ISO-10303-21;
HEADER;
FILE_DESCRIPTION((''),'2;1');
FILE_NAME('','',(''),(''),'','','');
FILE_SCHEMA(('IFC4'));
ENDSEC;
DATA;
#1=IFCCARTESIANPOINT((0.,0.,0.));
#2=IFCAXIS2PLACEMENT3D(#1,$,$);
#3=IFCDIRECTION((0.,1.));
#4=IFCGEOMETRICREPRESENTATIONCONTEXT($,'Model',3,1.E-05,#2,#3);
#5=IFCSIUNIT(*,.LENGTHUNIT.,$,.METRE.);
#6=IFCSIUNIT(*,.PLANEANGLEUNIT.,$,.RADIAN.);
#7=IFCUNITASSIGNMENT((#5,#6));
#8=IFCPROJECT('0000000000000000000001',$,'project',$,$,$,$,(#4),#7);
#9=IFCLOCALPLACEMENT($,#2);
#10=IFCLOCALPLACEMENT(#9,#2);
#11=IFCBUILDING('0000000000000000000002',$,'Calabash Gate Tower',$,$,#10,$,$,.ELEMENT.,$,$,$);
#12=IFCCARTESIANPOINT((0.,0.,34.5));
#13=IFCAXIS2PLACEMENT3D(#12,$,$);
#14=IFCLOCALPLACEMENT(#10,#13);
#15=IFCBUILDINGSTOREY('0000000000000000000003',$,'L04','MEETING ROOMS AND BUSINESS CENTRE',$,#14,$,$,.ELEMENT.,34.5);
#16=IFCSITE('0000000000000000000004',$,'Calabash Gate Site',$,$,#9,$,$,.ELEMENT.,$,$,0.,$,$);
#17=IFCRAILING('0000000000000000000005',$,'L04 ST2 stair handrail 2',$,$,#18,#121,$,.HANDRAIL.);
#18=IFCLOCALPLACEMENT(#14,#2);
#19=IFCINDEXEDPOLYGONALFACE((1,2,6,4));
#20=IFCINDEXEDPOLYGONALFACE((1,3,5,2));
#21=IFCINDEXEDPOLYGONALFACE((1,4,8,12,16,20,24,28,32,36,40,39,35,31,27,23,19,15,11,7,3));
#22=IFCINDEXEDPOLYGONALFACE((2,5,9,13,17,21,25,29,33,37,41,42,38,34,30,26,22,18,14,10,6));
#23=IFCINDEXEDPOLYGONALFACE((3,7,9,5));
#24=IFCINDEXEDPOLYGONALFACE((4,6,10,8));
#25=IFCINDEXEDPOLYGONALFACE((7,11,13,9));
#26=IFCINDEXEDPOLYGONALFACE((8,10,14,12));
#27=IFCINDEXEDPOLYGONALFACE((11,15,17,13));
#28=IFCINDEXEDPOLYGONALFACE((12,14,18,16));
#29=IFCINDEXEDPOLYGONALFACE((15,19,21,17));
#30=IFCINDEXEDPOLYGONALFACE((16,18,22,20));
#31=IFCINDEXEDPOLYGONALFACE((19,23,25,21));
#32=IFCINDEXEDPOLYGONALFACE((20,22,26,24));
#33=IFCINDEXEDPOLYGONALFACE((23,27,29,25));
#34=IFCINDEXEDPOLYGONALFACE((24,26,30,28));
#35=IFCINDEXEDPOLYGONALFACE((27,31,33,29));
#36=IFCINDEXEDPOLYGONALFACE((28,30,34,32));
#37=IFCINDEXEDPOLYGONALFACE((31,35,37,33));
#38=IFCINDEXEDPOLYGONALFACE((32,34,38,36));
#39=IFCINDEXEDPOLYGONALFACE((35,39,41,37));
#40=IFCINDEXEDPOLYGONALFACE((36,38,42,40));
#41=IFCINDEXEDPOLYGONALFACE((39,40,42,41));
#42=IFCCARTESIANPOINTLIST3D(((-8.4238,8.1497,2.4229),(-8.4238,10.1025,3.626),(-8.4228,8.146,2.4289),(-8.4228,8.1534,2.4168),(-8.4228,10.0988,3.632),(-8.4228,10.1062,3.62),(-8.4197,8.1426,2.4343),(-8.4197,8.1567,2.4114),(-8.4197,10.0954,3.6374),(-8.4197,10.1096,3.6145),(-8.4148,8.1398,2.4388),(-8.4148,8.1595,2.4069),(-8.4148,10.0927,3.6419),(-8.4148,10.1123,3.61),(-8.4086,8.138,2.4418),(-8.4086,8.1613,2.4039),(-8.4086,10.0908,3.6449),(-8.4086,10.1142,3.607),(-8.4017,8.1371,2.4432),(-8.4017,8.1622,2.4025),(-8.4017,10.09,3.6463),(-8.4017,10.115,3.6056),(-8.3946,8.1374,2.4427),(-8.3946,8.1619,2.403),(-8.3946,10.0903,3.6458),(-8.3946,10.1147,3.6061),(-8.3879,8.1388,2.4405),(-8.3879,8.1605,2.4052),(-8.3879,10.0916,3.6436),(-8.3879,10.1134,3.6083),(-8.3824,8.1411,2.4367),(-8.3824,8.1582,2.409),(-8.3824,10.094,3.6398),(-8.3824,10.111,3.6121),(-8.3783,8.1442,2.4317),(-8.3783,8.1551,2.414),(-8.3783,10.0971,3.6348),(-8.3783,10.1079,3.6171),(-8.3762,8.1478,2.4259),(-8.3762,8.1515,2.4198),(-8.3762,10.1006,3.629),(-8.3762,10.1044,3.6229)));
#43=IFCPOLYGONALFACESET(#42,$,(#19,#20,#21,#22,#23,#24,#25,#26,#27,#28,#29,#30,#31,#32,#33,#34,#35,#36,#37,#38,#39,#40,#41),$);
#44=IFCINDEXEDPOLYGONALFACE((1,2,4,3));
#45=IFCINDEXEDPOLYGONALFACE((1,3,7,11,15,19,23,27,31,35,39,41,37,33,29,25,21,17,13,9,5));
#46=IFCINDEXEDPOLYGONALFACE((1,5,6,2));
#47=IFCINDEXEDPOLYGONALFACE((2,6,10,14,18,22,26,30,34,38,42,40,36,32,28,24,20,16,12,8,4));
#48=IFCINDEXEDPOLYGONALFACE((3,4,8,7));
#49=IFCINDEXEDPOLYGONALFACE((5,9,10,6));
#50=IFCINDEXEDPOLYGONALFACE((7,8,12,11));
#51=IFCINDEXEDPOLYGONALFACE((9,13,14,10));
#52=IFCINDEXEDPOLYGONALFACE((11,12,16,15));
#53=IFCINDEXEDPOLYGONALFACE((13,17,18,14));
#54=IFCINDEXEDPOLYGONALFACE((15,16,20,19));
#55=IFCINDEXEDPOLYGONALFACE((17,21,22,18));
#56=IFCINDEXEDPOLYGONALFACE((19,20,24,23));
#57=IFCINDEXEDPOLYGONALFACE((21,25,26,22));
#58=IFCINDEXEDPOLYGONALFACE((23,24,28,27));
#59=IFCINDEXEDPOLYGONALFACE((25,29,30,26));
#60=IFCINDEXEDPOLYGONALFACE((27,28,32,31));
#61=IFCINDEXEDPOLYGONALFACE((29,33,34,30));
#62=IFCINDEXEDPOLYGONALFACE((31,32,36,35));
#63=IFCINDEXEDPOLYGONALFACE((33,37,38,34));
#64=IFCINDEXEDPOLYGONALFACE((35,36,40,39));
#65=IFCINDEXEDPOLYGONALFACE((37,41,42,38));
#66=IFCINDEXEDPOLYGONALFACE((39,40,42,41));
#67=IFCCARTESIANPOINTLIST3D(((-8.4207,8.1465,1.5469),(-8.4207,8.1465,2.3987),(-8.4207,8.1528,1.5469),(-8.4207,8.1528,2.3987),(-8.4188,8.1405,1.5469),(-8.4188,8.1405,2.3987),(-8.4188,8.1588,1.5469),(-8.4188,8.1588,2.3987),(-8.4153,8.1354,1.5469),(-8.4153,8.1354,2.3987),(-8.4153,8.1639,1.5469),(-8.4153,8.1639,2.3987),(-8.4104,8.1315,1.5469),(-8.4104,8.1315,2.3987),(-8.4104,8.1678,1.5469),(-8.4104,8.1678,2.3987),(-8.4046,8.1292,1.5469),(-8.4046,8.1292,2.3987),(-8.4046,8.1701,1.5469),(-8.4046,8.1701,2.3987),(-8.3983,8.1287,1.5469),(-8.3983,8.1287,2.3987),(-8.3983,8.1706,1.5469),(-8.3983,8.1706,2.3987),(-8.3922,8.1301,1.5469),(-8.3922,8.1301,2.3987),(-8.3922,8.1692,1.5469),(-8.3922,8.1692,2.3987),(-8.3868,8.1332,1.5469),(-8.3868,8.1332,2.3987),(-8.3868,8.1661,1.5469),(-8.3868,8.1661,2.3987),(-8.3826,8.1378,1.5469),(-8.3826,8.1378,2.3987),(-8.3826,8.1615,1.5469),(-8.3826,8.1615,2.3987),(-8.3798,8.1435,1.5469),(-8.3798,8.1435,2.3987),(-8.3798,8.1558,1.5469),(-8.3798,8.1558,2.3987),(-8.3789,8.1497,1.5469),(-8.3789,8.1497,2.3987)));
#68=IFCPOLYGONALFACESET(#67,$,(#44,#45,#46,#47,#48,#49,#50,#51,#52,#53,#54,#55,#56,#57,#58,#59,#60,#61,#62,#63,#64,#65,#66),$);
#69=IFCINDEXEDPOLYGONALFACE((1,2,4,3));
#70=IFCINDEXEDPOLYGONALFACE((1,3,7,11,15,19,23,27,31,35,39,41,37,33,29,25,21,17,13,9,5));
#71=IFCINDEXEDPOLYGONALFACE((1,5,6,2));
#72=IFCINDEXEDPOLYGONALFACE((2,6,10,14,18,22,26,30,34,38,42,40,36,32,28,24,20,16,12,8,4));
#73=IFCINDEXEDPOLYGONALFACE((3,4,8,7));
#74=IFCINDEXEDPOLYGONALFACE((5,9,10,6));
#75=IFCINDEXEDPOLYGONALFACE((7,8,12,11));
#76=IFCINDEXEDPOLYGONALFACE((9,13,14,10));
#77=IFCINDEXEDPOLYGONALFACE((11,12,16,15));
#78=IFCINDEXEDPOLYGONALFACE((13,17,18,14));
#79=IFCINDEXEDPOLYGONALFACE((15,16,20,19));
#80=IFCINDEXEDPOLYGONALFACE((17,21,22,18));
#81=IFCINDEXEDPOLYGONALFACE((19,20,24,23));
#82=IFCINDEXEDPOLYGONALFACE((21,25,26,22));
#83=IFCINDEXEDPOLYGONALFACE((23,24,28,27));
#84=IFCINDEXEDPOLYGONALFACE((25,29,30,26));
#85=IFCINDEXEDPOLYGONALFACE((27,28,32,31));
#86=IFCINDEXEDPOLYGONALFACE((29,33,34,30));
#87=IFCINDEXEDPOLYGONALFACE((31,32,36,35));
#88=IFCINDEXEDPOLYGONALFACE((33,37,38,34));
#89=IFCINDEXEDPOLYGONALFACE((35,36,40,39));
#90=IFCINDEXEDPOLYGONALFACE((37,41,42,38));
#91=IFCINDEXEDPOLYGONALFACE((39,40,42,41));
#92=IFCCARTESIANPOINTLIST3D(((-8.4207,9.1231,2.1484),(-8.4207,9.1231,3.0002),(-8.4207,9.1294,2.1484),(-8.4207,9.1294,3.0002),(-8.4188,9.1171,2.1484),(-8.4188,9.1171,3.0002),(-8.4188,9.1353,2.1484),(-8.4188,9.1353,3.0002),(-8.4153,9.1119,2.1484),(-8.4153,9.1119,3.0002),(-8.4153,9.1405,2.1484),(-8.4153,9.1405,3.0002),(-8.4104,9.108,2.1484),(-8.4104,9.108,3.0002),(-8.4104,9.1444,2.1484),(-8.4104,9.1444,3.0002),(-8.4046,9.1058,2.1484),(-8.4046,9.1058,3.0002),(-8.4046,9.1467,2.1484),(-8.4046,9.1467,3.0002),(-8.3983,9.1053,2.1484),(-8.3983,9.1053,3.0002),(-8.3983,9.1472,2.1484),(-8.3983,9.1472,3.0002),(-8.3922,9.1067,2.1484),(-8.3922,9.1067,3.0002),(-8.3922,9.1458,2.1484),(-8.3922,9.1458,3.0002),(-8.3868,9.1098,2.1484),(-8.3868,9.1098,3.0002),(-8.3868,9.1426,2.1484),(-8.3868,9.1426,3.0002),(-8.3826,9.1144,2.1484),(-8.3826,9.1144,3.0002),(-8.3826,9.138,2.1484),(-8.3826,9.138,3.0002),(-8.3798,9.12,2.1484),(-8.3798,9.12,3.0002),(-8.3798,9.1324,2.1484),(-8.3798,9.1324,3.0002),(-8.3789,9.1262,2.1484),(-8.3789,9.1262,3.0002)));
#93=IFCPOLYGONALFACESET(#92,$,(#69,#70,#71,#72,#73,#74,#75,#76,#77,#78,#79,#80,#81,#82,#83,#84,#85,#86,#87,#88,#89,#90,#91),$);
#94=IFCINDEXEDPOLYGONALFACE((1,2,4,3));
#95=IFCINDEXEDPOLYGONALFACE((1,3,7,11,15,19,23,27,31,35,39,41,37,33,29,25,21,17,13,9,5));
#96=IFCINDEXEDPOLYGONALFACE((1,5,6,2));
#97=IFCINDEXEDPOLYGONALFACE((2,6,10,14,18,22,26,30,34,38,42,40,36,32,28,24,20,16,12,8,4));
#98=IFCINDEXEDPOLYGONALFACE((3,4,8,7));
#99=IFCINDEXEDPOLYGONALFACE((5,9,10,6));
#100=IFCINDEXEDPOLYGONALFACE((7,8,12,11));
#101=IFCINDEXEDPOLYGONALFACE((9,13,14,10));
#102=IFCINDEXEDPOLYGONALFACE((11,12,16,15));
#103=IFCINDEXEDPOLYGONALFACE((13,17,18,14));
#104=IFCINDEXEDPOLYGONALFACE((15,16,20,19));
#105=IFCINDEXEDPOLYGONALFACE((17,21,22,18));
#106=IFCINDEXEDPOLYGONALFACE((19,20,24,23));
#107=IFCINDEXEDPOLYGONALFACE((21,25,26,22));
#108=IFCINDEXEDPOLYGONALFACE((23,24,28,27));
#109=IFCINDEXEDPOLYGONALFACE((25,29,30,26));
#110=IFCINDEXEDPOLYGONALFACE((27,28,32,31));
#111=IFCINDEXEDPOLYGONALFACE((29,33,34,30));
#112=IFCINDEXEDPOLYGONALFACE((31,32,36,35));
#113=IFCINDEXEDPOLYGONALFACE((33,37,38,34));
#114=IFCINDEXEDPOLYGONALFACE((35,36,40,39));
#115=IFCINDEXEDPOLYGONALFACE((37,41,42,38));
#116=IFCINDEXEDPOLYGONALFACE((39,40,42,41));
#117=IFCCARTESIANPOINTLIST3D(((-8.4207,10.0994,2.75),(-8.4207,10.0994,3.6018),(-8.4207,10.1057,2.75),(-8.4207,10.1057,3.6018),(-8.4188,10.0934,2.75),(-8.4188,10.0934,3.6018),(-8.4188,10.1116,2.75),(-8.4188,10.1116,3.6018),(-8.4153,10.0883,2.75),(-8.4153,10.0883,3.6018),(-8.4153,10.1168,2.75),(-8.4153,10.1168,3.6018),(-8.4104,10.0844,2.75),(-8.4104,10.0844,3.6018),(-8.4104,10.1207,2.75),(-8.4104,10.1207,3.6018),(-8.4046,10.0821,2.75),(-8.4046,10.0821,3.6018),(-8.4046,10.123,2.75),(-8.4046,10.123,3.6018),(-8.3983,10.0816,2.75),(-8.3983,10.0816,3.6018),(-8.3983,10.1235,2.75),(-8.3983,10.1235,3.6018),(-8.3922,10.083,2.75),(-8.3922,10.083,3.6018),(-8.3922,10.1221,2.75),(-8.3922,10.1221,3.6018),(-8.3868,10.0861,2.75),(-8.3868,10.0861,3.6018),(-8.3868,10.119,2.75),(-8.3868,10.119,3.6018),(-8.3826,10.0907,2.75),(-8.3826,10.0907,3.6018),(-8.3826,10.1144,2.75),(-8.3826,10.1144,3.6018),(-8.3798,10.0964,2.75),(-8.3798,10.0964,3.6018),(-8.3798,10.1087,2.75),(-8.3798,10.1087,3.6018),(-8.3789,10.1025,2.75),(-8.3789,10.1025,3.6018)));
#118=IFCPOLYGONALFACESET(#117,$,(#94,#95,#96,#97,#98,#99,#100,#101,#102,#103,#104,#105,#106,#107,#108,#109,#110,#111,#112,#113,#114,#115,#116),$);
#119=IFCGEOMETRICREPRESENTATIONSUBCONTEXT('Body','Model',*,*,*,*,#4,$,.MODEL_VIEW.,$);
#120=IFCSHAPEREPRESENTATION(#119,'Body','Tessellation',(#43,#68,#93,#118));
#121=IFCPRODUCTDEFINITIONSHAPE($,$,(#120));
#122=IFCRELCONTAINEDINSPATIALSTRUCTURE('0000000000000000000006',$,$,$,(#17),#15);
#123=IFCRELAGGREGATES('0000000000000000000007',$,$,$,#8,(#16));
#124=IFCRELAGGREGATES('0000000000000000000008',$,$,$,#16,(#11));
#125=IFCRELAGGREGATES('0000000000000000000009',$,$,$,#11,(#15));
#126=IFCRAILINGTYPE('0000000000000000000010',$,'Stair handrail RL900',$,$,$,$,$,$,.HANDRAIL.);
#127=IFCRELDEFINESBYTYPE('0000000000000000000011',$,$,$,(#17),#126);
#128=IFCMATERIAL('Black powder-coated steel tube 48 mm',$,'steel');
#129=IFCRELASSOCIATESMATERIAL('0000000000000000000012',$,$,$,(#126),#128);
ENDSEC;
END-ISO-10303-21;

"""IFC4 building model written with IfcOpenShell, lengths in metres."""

from ifc_helpers import new_model, si_unit, direction, frame, origin, origin_2d, place, context, subcontext, project, spatial, circle, extrude, material, type_object, element, save


model = new_model("IFC4")

# Units and contexts
model_context = context("Model", 3, precision=1e-05, world=origin(), true_north=direction((0.0, 1.0)))
body_context = subcontext(model_context, "Body", "Model", "MODEL_VIEW")
ifc_project = project(units=[si_unit("LENGTHUNIT", "METRE"), si_unit("PLANEANGLEUNIT", "RADIAN")], contexts=[model_context])

# Site, building, storey
site_placement = place(None, origin())
site = spatial("IfcSite", under=ifc_project, at=site_placement, Name="Calabash Gate Site", CompositionType="ELEMENT", RefElevation=0.0)
building_placement = place(site_placement, origin())
building = spatial("IfcBuilding", under=site, at=building_placement, Name="Calabash Gate Tower", CompositionType="ELEMENT")
storey_placement = place(building_placement, frame((0.0, 0.0, 34.5)))
storey = spatial("IfcBuildingStorey", under=building, at=storey_placement, Name="L04", Description="MEETING ROOMS AND BUSINESS CENTRE", CompositionType="ELEMENT", Elevation=34.5)

# Railing
ifc_material_1 = material(Name="Black powder-coated steel tube 48 mm", Category="steel")
railing_type_1 = type_object("IfcRailingType", Name="Stair handrail RL900", PredefinedType="HANDRAIL", material=ifc_material_1)
railing_1_placement = place(storey_placement, frame((-8.3999, 8.1497, 1.5469)))
element("IfcRailing", 1, at=railing_1_placement, inside=storey, type_object=railing_type_1, Name="L04 ST2 stair handrail 2", PredefinedType="HANDRAIL", context=body_context, shape_type="SweptSolid", body=[
    extrude(circle(Radius=0.0239, at=origin_2d()), frame((0.0, 0.0, 0.876), z_axis=(0.0, 0.851395, 0.524525), x_axis=(-1.0, 0.0, 0.0)), (0.0, 0.0, 1.0), 2.2937),
    extrude(circle(Radius=0.021, at=origin_2d()), origin(), (0.0, 0.0, 1.0), 0.8518),
    extrude(circle(Radius=0.021, at=origin_2d()), frame((0.0, 0.9766, 0.6016)), (0.0, 0.0, 1.0), 0.8518),
    extrude(circle(Radius=0.021, at=origin_2d()), frame((0.0, 1.9529, 1.2031)), (0.0, 0.0, 1.0), 0.8518),
])

save(model, "model.ifc")
